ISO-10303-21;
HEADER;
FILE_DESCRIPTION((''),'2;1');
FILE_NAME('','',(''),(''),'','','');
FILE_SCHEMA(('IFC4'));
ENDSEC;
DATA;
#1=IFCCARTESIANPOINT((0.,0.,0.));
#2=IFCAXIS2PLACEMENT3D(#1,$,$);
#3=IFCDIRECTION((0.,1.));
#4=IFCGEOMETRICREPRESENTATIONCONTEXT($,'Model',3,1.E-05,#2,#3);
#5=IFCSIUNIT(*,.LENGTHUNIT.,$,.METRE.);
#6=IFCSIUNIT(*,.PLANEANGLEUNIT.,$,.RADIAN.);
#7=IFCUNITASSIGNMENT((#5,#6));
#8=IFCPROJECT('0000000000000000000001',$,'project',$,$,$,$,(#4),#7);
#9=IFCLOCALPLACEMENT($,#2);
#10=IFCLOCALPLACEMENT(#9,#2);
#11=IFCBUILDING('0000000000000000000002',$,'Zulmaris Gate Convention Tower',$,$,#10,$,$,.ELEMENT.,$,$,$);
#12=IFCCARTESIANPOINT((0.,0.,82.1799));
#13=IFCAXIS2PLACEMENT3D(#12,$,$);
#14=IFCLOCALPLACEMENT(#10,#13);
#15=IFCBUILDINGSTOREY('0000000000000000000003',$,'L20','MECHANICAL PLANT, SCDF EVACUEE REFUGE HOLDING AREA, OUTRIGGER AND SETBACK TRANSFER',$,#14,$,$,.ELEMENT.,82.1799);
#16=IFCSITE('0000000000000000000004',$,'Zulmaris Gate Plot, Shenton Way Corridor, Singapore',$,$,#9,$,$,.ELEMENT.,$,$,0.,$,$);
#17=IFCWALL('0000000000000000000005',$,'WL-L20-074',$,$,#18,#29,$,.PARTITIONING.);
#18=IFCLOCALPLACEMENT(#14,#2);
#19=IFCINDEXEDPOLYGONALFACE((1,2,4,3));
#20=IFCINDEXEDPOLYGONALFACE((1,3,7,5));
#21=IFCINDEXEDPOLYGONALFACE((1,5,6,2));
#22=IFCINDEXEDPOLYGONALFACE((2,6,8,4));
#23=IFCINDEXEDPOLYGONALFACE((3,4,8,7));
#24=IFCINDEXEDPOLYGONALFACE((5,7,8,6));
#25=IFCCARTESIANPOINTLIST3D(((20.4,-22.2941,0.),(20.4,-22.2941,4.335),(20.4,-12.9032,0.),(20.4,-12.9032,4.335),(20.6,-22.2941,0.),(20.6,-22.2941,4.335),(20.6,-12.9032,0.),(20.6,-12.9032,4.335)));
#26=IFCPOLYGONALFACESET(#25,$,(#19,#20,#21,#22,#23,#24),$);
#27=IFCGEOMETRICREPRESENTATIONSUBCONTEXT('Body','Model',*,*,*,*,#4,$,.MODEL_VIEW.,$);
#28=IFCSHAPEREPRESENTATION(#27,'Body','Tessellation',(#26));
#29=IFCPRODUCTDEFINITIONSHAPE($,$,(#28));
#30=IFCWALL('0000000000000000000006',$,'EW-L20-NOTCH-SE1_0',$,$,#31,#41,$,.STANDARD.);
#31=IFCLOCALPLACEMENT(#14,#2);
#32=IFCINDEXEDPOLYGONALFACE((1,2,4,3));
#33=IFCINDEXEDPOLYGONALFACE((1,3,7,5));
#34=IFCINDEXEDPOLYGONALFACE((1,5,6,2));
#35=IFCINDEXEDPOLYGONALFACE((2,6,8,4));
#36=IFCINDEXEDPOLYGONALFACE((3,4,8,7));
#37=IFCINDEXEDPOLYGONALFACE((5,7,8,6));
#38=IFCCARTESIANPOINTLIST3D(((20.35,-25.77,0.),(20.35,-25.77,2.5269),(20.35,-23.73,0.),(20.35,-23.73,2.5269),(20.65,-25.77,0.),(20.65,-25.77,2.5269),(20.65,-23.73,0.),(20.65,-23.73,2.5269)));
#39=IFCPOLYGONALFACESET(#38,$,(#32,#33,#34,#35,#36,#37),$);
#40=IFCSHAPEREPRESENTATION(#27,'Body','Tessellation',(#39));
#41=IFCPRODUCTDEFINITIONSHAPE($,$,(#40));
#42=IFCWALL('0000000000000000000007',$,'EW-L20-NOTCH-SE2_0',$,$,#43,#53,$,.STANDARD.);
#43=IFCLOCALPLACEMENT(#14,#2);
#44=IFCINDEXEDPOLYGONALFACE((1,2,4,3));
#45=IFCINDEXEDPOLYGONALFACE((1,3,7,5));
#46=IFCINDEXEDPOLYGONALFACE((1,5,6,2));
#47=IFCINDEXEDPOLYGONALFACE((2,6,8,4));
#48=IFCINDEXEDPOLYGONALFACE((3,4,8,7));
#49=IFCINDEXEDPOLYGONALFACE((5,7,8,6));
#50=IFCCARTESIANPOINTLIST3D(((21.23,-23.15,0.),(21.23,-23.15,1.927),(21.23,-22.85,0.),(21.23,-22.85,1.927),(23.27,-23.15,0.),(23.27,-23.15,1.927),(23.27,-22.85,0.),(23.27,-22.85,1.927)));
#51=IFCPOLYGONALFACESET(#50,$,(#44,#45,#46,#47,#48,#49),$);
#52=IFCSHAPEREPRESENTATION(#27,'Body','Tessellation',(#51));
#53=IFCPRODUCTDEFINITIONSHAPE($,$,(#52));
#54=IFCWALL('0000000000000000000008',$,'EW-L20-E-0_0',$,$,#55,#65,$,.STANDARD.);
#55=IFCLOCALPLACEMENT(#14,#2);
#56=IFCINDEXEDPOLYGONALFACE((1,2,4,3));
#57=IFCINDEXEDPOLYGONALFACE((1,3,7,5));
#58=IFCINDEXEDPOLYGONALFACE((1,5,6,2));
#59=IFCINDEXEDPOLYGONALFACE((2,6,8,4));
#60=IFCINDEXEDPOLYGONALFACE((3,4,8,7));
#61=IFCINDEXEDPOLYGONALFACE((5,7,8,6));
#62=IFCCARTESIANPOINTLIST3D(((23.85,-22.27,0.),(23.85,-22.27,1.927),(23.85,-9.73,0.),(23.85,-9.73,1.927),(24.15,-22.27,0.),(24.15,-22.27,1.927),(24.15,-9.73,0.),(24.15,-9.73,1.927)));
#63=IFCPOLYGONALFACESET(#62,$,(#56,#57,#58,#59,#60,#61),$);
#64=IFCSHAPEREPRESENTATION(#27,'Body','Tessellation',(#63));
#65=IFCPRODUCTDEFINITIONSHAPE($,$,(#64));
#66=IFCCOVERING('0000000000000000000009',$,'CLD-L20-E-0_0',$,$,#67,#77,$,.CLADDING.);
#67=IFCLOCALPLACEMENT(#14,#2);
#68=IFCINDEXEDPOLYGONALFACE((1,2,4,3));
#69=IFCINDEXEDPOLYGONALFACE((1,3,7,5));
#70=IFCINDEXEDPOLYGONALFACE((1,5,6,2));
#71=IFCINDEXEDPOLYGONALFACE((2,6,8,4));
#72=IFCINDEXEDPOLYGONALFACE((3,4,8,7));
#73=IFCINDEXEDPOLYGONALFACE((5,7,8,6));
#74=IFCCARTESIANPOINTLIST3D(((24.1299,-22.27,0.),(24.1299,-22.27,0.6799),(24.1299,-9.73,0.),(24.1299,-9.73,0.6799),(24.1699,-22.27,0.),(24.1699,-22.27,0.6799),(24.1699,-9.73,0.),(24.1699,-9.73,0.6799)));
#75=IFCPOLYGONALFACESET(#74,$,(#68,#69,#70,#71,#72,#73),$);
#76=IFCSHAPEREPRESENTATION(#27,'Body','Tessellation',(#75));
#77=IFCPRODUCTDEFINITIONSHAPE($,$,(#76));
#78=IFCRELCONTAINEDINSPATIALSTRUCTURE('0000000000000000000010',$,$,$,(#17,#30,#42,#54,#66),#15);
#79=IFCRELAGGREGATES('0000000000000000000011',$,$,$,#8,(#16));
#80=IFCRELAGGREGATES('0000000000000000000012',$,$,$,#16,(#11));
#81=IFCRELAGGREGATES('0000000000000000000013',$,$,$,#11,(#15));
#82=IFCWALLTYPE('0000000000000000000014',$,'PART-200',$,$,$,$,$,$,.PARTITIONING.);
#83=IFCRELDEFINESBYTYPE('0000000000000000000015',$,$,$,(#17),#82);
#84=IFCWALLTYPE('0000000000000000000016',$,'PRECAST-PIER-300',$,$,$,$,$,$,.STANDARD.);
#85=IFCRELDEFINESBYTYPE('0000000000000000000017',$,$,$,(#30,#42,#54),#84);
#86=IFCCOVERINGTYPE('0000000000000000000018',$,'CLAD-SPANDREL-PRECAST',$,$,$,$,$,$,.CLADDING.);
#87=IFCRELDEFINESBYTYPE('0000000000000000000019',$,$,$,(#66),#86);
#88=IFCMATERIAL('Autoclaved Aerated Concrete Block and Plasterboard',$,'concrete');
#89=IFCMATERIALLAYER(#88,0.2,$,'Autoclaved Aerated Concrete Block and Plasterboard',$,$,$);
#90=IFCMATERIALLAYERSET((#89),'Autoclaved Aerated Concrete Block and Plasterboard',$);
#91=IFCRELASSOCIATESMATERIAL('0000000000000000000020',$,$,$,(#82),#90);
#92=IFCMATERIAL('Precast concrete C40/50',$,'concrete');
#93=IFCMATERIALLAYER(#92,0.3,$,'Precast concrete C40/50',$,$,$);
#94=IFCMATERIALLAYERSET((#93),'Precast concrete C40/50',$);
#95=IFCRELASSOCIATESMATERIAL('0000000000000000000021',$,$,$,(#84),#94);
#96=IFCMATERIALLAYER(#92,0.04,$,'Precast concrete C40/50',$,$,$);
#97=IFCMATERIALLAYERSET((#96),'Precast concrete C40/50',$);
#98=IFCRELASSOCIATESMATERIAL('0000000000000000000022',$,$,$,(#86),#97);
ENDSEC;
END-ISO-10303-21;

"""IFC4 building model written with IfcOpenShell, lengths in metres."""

from ifc_helpers import new_model, si_unit, direction, frame, frame_2d, origin, place, context, subcontext, project, spatial, rectangle, extrude, material, layer, layer_set, type_object, element, save


model = new_model("IFC4")

# Units and contexts
model_context = context("Model", 3, precision=1e-05, world=origin(), true_north=direction((0.0, 1.0)))
body_context = subcontext(model_context, "Body", "Model", "MODEL_VIEW")
ifc_project = project(units=[si_unit("LENGTHUNIT", "METRE"), si_unit("PLANEANGLEUNIT", "RADIAN")], contexts=[model_context])

# Site, building, storey
site_placement = place(None, origin())
site = spatial("IfcSite", under=ifc_project, at=site_placement, Name="Zulmaris Gate Plot, Shenton Way Corridor, Singapore", CompositionType="ELEMENT", RefElevation=0.0)
building_placement = place(site_placement, origin())
building = spatial("IfcBuilding", under=site, at=building_placement, Name="Zulmaris Gate Convention Tower", CompositionType="ELEMENT")
storey_placement = place(building_placement, frame((0.0, 0.0, 82.1799)))
storey = spatial("IfcBuildingStorey", under=building, at=storey_placement, Name="L20", Description="MECHANICAL PLANT, SCDF EVACUEE REFUGE HOLDING AREA, OUTRIGGER AND SETBACK TRANSFER", CompositionType="ELEMENT", Elevation=82.1799)

# Walls
ifc_material_1 = material(Name="Autoclaved Aerated Concrete Block and Plasterboard", Category="concrete")
ifc_layer_1 = layer(ifc_material_1, 0.2, Name="Autoclaved Aerated Concrete Block and Plasterboard")
ifc_layer_set_1 = layer_set([ifc_layer_1], Name="Autoclaved Aerated Concrete Block and Plasterboard")
wall_type_1 = type_object("IfcWallType", Name="PART-200", PredefinedType="PARTITIONING", material=ifc_layer_set_1)
wall_1_placement = place(storey_placement, frame((20.5, -22.2939, 0.0), z_axis=(0.0, 0.0, 1.0), x_axis=(0.0, 1.0, 0.0)))
element("IfcWall", 1, at=wall_1_placement, inside=storey, type_object=wall_type_1, Name="WL-L20-074", PredefinedType="PARTITIONING", context=body_context, shape_type="SweptSolid", body=[
    extrude(rectangle(XDim=9.3909, YDim=0.2, at=frame_2d((4.6953, 0.0))), origin(), (0.0, 0.0, 1.0), 4.335),
])
ifc_material_2 = material(Name="Precast concrete C40/50", Category="concrete")
ifc_layer_2 = layer(ifc_material_2, 0.3, Name="Precast concrete C40/50")
ifc_layer_set_2 = layer_set([ifc_layer_2], Name="Precast concrete C40/50")
wall_type_2 = type_object("IfcWallType", Name="PRECAST-PIER-300", PredefinedType="STANDARD", material=ifc_layer_set_2)
wall_2_placement = place(storey_placement, frame((20.5, -25.77, 0.0), z_axis=(0.0, 0.0, 1.0), x_axis=(0.0, 1.0, 0.0)))
element("IfcWall", 2, at=wall_2_placement, inside=storey, type_object=wall_type_2, Name="EW-L20-NOTCH-SE1_0", PredefinedType="STANDARD", context=body_context, shape_type="SweptSolid", body=[
    extrude(rectangle(XDim=2.04, YDim=0.3, at=frame_2d((1.02, 0.0))), origin(), (0.0, 0.0, 1.0), 2.5269),
])
wall_3_placement = place(storey_placement, frame((21.23, -23.0, 0.0), z_axis=(0.0, 0.0, 1.0), x_axis=(1.0, 0.0, 0.0)))
element("IfcWall", 3, at=wall_3_placement, inside=storey, type_object=wall_type_2, Name="EW-L20-NOTCH-SE2_0", PredefinedType="STANDARD", context=body_context, shape_type="SweptSolid", body=[
    extrude(rectangle(XDim=2.04, YDim=0.3, at=frame_2d((1.02, 0.0))), origin(), (0.0, 0.0, 1.0), 1.927),
])
wall_4_placement = place(storey_placement, frame((24.0, -22.27, 0.0), z_axis=(0.0, 0.0, 1.0), x_axis=(0.0, 1.0, 0.0)))
element("IfcWall", 4, at=wall_4_placement, inside=storey, type_object=wall_type_2, Name="EW-L20-E-0_0", PredefinedType="STANDARD", context=body_context, shape_type="SweptSolid", body=[
    extrude(rectangle(XDim=12.54, YDim=0.3, at=frame_2d((6.27, 0.0))), origin(), (0.0, 0.0, 1.0), 1.927),
])

# Covering
ifc_layer_3 = layer(ifc_material_2, 0.04, Name="Precast concrete C40/50")
ifc_layer_set_3 = layer_set([ifc_layer_3], Name="Precast concrete C40/50")
covering_type = type_object("IfcCoveringType", Name="CLAD-SPANDREL-PRECAST", PredefinedType="CLADDING", material=ifc_layer_set_3)
covering_placement = place(storey_placement, frame((24.1499, -22.27, 0.0), z_axis=(0.0, 0.0, 1.0), x_axis=(0.0, 1.0, 0.0)))
element("IfcCovering", 5, at=covering_placement, inside=storey, type_object=covering_type, Name="CLD-L20-E-0_0", PredefinedType="CLADDING", context=body_context, shape_type="SweptSolid", body=[
    extrude(rectangle(XDim=12.54, YDim=0.04, at=frame_2d((6.27, 0.0))), origin(), (0.0, 0.0, 1.0), 0.6799),
])

save(model, "model.ifc")
